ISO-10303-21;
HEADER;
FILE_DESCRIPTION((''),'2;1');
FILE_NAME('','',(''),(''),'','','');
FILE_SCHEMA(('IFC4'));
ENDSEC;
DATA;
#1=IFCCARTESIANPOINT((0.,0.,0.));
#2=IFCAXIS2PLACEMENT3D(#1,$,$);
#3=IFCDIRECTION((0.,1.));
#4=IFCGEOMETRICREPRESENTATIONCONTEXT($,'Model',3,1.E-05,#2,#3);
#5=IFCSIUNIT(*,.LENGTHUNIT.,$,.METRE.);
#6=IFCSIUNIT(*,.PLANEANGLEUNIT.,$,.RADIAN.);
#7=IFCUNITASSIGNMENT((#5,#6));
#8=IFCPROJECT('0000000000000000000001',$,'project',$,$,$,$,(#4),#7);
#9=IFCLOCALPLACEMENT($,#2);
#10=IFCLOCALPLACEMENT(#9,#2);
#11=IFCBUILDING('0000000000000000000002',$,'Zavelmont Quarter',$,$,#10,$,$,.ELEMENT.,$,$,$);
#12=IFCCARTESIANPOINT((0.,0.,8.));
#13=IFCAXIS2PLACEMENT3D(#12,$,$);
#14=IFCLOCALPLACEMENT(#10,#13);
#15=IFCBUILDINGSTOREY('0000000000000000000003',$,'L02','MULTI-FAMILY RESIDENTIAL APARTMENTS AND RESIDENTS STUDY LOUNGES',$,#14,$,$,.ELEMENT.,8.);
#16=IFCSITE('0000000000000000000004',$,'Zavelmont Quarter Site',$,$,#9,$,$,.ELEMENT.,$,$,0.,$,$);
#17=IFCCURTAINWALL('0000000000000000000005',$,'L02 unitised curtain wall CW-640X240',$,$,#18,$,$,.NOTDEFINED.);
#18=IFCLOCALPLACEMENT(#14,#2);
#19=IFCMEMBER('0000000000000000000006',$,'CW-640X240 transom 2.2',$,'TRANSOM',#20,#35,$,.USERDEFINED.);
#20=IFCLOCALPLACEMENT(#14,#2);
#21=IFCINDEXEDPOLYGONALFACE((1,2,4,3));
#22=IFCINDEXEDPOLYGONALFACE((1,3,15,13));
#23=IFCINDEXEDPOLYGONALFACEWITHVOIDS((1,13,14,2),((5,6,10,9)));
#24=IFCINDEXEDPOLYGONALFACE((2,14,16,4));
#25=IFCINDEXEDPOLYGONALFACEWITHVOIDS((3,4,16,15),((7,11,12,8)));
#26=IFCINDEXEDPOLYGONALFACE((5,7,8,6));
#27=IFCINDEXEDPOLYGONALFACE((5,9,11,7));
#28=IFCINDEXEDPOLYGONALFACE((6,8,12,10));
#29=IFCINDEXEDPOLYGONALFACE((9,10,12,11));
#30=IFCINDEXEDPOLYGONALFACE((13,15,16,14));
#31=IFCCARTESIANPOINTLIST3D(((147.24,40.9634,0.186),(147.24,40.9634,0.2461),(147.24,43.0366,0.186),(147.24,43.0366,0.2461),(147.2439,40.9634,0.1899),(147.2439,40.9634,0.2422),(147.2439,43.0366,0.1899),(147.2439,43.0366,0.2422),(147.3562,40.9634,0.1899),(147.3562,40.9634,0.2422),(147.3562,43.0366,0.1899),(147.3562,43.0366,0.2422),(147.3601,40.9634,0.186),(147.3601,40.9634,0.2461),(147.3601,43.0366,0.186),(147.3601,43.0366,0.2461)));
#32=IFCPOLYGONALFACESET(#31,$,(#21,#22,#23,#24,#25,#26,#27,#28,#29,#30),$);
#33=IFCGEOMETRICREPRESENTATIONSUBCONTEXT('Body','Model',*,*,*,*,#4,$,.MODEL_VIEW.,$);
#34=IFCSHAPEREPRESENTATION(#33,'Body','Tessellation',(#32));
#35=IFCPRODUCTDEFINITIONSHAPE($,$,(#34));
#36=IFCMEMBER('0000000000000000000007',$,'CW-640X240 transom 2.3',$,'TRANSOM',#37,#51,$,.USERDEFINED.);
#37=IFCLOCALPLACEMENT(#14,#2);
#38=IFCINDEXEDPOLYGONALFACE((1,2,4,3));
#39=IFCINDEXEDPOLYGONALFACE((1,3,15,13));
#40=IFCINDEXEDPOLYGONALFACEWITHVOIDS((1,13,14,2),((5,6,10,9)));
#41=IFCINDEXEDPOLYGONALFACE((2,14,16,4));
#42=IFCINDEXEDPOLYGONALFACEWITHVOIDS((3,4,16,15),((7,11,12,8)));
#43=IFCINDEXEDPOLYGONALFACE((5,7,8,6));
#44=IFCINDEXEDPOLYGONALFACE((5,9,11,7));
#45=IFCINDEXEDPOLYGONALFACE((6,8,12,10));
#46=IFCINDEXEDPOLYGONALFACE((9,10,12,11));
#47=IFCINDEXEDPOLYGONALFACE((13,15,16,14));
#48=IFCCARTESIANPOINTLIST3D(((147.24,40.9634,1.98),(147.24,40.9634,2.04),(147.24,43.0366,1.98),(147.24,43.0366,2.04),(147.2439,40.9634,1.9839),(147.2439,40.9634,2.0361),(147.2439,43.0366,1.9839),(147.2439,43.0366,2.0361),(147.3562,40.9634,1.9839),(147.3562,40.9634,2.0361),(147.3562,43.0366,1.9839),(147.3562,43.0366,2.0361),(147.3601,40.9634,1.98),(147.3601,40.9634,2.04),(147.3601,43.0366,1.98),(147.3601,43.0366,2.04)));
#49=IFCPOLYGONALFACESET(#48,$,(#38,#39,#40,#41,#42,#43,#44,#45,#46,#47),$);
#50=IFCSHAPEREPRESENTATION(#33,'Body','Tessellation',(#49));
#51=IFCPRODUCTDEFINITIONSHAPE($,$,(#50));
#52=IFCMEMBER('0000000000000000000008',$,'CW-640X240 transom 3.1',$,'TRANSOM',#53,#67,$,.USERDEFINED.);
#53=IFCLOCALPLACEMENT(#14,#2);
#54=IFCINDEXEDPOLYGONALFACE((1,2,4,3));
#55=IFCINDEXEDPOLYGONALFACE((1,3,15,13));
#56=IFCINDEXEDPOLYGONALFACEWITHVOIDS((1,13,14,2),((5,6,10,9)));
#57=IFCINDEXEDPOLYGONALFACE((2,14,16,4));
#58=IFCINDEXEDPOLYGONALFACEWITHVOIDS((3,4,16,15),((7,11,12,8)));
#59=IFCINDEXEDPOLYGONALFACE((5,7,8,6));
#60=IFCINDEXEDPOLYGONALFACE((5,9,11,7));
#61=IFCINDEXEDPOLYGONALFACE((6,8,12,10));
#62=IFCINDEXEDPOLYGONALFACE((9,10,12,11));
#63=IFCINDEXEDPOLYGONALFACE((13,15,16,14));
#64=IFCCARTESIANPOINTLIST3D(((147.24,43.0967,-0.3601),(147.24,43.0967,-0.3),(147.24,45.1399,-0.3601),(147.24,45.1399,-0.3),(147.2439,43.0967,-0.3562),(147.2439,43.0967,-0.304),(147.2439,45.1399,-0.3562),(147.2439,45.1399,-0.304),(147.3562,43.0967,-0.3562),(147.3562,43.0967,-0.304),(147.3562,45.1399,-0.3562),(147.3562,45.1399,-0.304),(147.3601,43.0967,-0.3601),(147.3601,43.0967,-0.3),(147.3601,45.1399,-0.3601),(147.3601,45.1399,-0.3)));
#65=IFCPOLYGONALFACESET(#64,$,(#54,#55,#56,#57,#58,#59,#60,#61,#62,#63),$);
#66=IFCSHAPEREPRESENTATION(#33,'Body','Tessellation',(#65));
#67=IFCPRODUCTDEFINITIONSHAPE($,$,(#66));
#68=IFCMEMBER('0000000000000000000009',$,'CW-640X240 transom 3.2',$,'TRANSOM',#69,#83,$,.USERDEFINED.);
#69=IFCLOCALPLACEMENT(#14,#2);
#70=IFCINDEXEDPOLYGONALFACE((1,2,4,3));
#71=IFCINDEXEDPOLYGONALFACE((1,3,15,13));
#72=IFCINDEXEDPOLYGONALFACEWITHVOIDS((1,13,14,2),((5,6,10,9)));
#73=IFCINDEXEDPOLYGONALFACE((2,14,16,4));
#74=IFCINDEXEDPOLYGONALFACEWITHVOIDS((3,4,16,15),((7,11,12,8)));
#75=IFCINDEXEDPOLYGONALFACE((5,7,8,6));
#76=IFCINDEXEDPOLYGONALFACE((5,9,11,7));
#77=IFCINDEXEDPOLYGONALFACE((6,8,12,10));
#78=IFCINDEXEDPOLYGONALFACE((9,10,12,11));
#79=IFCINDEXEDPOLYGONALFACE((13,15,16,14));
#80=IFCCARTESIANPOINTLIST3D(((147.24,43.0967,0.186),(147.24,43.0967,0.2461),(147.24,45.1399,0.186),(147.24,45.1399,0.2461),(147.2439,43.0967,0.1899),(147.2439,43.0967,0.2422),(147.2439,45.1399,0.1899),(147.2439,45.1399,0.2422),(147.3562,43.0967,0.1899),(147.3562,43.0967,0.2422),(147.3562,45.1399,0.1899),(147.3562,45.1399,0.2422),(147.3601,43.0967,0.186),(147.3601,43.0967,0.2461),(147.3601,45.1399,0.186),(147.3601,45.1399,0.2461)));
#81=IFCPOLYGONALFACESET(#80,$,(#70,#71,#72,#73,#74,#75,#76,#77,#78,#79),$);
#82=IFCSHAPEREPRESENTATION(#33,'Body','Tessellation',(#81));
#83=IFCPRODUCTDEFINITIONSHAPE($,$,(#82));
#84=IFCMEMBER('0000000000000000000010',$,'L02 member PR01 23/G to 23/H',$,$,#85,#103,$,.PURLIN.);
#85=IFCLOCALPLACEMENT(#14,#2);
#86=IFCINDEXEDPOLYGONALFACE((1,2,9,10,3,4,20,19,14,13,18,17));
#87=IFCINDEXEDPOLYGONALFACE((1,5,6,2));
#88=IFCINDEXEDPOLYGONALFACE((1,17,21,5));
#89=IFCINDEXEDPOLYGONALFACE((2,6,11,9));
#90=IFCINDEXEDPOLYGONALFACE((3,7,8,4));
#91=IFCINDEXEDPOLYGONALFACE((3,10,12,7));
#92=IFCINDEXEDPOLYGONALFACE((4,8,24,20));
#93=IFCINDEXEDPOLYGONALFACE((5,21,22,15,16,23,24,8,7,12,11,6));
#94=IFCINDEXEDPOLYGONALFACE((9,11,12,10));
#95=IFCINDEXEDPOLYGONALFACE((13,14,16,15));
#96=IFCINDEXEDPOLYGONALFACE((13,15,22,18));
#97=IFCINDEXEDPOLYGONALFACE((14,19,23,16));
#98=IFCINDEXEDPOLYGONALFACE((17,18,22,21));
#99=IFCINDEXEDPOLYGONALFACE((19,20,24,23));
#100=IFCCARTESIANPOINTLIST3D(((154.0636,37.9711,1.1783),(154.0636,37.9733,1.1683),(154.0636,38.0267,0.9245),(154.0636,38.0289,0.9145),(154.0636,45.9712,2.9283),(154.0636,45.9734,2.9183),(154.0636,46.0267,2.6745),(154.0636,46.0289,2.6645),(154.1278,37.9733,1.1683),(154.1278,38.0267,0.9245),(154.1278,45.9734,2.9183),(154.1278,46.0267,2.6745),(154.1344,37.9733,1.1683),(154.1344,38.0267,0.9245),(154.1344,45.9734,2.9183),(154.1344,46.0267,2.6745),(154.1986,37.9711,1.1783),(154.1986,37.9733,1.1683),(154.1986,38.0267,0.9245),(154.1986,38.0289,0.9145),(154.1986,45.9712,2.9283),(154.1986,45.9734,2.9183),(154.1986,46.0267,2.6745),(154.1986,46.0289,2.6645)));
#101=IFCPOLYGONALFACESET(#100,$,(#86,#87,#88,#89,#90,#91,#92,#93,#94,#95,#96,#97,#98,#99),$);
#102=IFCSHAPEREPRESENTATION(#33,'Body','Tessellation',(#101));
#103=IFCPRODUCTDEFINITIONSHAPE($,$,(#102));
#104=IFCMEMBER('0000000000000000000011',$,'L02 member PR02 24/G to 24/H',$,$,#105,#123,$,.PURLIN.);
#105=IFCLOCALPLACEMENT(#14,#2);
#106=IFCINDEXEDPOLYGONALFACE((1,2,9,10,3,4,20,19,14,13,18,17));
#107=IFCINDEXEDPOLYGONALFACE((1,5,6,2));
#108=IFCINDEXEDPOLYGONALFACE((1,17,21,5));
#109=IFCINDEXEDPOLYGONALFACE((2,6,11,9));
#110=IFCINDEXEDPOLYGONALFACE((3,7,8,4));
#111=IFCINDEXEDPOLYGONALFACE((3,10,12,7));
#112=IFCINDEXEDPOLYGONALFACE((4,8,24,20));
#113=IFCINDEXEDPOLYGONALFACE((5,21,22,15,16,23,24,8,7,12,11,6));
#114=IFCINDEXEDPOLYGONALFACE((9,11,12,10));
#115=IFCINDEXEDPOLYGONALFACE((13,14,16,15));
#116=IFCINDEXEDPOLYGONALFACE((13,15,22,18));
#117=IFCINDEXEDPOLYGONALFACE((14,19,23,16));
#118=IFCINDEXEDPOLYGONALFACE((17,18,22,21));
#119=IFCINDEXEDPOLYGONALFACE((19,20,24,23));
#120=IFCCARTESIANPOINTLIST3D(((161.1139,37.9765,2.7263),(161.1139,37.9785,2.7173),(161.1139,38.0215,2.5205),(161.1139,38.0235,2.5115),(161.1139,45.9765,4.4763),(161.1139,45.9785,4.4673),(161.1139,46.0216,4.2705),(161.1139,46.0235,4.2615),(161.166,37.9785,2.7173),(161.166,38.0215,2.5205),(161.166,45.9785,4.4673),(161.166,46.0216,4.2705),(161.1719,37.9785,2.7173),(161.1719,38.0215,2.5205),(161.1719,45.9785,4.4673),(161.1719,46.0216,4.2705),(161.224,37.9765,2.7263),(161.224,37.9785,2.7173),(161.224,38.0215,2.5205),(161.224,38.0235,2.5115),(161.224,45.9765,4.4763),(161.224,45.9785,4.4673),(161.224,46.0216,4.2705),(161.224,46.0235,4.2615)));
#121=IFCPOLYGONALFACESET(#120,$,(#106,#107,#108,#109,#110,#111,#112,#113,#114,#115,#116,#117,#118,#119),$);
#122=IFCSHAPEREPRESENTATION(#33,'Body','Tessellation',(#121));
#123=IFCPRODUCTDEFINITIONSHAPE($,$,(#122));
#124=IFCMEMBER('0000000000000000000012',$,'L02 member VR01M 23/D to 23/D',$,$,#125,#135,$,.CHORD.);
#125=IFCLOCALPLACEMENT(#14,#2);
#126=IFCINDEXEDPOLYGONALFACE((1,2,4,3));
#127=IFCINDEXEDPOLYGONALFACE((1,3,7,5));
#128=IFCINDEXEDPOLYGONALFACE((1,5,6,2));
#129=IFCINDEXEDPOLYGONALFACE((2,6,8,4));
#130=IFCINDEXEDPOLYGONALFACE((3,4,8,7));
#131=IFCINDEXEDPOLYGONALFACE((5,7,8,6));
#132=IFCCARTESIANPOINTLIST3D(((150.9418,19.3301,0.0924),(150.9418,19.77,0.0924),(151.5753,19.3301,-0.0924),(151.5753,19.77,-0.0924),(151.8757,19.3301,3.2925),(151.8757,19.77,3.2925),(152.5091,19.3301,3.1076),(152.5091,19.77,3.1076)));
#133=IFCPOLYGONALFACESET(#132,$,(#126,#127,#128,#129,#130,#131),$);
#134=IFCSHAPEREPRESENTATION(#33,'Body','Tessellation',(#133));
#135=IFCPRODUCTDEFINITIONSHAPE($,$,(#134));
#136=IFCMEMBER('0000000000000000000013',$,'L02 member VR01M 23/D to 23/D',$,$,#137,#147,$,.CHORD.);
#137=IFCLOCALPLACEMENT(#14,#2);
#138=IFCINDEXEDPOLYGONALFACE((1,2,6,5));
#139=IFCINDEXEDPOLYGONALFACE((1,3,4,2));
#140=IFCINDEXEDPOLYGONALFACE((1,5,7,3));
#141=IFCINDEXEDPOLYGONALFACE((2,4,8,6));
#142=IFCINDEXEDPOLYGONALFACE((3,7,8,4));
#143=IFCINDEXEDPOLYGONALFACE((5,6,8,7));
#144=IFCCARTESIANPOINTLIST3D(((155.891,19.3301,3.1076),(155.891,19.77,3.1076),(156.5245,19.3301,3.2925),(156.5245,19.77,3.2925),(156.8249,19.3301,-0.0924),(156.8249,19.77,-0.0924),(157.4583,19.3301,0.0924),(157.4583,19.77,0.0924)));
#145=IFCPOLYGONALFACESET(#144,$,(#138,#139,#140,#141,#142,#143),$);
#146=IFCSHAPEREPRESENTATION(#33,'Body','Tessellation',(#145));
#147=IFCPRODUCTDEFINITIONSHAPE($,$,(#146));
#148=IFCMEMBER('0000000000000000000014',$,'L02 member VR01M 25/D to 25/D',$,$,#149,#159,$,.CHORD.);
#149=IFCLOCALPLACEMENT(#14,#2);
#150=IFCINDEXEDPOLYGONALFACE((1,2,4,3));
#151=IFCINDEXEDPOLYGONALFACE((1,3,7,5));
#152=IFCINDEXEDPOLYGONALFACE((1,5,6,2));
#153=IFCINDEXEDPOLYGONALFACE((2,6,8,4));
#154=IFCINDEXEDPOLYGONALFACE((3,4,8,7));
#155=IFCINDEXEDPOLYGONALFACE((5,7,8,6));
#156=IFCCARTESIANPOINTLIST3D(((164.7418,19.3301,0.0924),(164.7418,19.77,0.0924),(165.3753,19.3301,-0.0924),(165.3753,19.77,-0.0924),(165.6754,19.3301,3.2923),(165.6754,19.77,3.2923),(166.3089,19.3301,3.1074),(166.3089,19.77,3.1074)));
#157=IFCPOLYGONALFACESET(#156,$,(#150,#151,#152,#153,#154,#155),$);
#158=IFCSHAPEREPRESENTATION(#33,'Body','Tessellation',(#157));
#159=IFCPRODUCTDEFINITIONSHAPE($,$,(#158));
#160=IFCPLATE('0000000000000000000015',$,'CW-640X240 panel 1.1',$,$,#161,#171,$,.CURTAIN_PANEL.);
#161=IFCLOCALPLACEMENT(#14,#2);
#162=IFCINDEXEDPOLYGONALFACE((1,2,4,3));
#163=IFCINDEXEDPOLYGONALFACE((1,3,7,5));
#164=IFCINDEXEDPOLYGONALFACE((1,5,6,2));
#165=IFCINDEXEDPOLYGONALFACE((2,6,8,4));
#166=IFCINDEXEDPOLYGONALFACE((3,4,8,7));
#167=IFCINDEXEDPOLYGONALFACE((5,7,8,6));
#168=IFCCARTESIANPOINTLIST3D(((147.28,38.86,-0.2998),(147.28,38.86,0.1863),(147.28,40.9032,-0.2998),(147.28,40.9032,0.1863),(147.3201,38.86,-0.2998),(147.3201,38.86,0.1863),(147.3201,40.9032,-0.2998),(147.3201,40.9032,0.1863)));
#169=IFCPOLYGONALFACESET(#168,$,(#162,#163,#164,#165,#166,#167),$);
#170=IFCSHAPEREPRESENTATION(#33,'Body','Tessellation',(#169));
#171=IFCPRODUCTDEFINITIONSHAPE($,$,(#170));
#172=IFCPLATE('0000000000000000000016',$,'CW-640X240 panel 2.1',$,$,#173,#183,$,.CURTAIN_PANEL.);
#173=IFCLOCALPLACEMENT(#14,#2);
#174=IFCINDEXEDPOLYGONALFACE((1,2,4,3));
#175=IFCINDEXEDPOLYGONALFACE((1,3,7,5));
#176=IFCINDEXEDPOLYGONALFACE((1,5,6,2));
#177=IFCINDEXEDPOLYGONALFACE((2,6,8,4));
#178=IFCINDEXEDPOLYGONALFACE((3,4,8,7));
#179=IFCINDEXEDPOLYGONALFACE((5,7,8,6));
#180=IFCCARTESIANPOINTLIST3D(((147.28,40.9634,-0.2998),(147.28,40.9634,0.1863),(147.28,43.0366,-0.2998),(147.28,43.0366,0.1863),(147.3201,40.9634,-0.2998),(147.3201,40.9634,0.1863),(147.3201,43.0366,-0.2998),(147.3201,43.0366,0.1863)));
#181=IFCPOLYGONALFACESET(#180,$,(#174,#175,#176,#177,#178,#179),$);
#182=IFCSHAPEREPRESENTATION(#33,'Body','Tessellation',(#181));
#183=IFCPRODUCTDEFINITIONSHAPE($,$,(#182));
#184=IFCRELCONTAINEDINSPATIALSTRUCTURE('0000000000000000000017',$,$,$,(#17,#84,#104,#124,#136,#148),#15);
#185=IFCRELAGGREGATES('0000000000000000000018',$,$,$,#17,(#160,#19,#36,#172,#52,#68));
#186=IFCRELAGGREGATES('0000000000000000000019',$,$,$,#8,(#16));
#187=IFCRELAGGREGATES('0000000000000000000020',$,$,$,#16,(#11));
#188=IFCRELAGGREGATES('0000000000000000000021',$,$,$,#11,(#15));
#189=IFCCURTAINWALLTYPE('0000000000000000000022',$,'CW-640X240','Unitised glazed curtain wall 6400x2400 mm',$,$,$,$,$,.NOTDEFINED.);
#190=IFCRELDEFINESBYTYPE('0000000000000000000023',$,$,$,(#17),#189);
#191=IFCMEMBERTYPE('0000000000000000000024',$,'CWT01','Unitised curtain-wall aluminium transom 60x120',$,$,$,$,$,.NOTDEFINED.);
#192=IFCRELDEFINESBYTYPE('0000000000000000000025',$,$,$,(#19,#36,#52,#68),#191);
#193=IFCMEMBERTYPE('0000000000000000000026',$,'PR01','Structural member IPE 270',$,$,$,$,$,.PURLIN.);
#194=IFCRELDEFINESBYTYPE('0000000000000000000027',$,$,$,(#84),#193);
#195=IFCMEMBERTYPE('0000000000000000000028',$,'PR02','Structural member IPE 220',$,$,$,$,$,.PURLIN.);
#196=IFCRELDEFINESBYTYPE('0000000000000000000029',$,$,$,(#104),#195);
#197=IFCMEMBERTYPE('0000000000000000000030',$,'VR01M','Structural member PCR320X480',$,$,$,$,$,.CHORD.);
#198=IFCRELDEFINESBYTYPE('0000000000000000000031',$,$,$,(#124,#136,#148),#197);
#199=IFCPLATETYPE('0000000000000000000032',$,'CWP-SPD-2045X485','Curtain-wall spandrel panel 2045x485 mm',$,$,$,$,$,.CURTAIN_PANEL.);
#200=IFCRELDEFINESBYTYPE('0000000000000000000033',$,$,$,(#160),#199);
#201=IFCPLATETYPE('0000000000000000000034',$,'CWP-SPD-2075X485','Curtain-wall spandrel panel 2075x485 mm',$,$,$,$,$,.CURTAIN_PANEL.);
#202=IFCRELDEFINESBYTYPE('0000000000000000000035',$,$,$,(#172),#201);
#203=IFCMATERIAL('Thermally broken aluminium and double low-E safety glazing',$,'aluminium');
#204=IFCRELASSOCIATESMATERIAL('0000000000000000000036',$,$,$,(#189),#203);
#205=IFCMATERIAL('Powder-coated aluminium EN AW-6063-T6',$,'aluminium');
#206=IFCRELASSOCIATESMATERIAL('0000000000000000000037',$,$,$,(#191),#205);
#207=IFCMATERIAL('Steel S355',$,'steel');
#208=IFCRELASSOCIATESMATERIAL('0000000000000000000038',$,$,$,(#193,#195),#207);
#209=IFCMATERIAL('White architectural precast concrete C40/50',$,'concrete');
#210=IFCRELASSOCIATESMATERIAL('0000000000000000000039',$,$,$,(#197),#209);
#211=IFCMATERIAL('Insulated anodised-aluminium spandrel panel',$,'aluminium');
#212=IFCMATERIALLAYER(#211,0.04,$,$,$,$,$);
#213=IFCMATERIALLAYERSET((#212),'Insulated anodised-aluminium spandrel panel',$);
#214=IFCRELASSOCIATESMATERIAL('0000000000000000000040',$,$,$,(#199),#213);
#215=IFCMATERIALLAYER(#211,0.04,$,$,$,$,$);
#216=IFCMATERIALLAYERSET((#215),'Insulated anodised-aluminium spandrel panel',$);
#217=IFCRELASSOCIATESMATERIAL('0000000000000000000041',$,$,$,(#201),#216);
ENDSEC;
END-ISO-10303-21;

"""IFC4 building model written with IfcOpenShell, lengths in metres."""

from ifc_helpers import new_model, si_unit, direction, frame, origin, origin_2d, place, context, subcontext, project, spatial, rectangle, hollow_rectangle, i_section, extrude, material, layer, layer_set, material_profile, profile_set, type_object, element, aggregate, save


model = new_model("IFC4")

# Units and contexts
model_context = context("Model", 3, precision=1e-05, world=origin(), true_north=direction((0.0, 1.0)))
body_context = subcontext(model_context, "Body", "Model", "MODEL_VIEW")
ifc_project = project(units=[si_unit("LENGTHUNIT", "METRE"), si_unit("PLANEANGLEUNIT", "RADIAN")], contexts=[model_context])

# Site, building, storey
site_placement = place(None, origin())
site = spatial("IfcSite", under=ifc_project, at=site_placement, Name="Zavelmont Quarter Site", CompositionType="ELEMENT", RefElevation=0.0)
building_placement = place(site_placement, origin())
building = spatial("IfcBuilding", under=site, at=building_placement, Name="Zavelmont Quarter", CompositionType="ELEMENT")
storey_placement = place(building_placement, frame((0.0, 0.0, 8.0)))
storey = spatial("IfcBuildingStorey", under=building, at=storey_placement, Name="L02", Description="MULTI-FAMILY RESIDENTIAL APARTMENTS AND RESIDENTS STUDY LOUNGES", CompositionType="ELEMENT", Elevation=8.0)

# Shared definitions
ifc_material_1 = material(Name="Steel S355", Category="steel")

# Curtain wall, members
ifc_material_2 = material(Name="Thermally broken aluminium and double low-E safety glazing", Category="aluminium")
curtain_wall_type = type_object("IfcCurtainWallType", Name="CW-640X240", Description="Unitised glazed curtain wall 6400x2400 mm", PredefinedType="NOTDEFINED", material=ifc_material_2)
curtain_wall_placement = place(storey_placement, origin())
curtain_wall = element("IfcCurtainWall", 1, at=curtain_wall_placement, inside=storey, type_object=curtain_wall_type, Name="L02 unitised curtain wall CW-640X240", PredefinedType="NOTDEFINED")
ifc_material_3 = material(Name="Powder-coated aluminium EN AW-6063-T6", Category="aluminium")
ifc_material_profile_1 = material_profile(ifc_material_3, hollow_rectangle(XDim=0.1201, YDim=0.0601, WallThickness=0.0039, at=origin_2d()), Name="CWT60X120")
ifc_profile_set_1 = profile_set([ifc_material_profile_1], Name="Powder-coated aluminium EN AW-6063-T6")
member_type_1 = type_object("IfcMemberType", Name="CWT01", Description="Unitised curtain-wall aluminium transom 60x120", PredefinedType="NOTDEFINED", material=ifc_profile_set_1)
member_1_placement = place(storey_placement, frame((147.3, 40.9634, 0.2161), z_axis=(0.0, 1.0, 0.0), x_axis=(-1.0, 0.0, 0.0)))
member_1 = element("IfcMember", 2, at=member_1_placement, type_object=member_type_1, Name="CW-640X240 transom 2.2", ObjectType="TRANSOM", PredefinedType="USERDEFINED", context=body_context, shape_type="SweptSolid", body=[
    extrude(hollow_rectangle(XDim=0.1201, YDim=0.0601, WallThickness=0.0039, at=origin_2d()), origin(), (0.0, 0.0, 1.0), 2.0732),
])
member_2_placement = place(storey_placement, frame((147.3, 40.9634, 2.01), z_axis=(0.0, 1.0, 0.0), x_axis=(-1.0, 0.0, 0.0)))
member_2 = element("IfcMember", 3, at=member_2_placement, type_object=member_type_1, Name="CW-640X240 transom 2.3", ObjectType="TRANSOM", PredefinedType="USERDEFINED", context=body_context, shape_type="SweptSolid", body=[
    extrude(hollow_rectangle(XDim=0.1201, YDim=0.0601, WallThickness=0.0039, at=origin_2d()), origin(), (0.0, 0.0, 1.0), 2.0732),
])
member_3_placement = place(storey_placement, frame((147.3, 43.0967, -0.3301), z_axis=(0.0, 1.0, 0.0), x_axis=(-1.0, 0.0, 0.0)))
member_3 = element("IfcMember", 4, at=member_3_placement, type_object=member_type_1, Name="CW-640X240 transom 3.1", ObjectType="TRANSOM", PredefinedType="USERDEFINED", context=body_context, shape_type="SweptSolid", body=[
    extrude(hollow_rectangle(XDim=0.1201, YDim=0.0601, WallThickness=0.0039, at=origin_2d()), origin(), (0.0, 0.0, 1.0), 2.0432),
])
member_4_placement = place(storey_placement, frame((147.3, 43.0967, 0.2161), z_axis=(0.0, 1.0, 0.0), x_axis=(-1.0, 0.0, 0.0)))
member_4 = element("IfcMember", 5, at=member_4_placement, type_object=member_type_1, Name="CW-640X240 transom 3.2", ObjectType="TRANSOM", PredefinedType="USERDEFINED", context=body_context, shape_type="SweptSolid", body=[
    extrude(hollow_rectangle(XDim=0.1201, YDim=0.0601, WallThickness=0.0039, at=origin_2d()), origin(), (0.0, 0.0, 1.0), 2.0432),
])

# Members
ifc_material_profile_2 = material_profile(ifc_material_1, i_section(OverallWidth=0.135, OverallDepth=0.27, WebThickness=0.0066, FlangeThickness=0.0103, at=origin_2d()), Name="IPE 270")
ifc_profile_set_2 = profile_set([ifc_material_profile_2], Name="Steel S355")
member_type_2 = type_object("IfcMemberType", Name="PR01", Description="Structural member IPE 270", PredefinedType="PURLIN", material=ifc_profile_set_2)
member_5_placement = place(storey_placement, frame((154.1311, 38.0, 1.0464), z_axis=(0.0, 0.9769, 0.213697), x_axis=(-1.0, 0.0, 0.0)))
element("IfcMember", 6, at=member_5_placement, inside=storey, type_object=member_type_2, Name="L02 member PR01 23/G to 23/H", PredefinedType="PURLIN", context=body_context, shape_type="SweptSolid", body=[
    extrude(i_section(OverallWidth=0.135, OverallDepth=0.27, WebThickness=0.0066, FlangeThickness=0.0103, at=origin_2d()), origin(), (0.0, 0.0, 1.0), 8.1892),
])
ifc_material_profile_3 = material_profile(ifc_material_1, i_section(OverallWidth=0.1101, OverallDepth=0.22, WebThickness=0.0059, FlangeThickness=0.0093, at=origin_2d()), Name="IPE 220")
ifc_profile_set_3 = profile_set([ifc_material_profile_3], Name="Steel S355")
member_type_3 = type_object("IfcMemberType", Name="PR02", Description="Structural member IPE 220", PredefinedType="PURLIN", material=ifc_profile_set_3)
member_6_placement = place(storey_placement, frame((161.1689, 38.0, 2.6189), z_axis=(0.0, 0.9769, 0.213697), x_axis=(-1.0, 0.0, 0.0)))
element("IfcMember", 7, at=member_6_placement, inside=storey, type_object=member_type_3, Name="L02 member PR02 24/G to 24/H", PredefinedType="PURLIN", context=body_context, shape_type="SweptSolid", body=[
    extrude(i_section(OverallWidth=0.1101, OverallDepth=0.22, WebThickness=0.0059, FlangeThickness=0.0093, at=origin_2d()), origin(), (0.0, 0.0, 1.0), 8.1892),
])
ifc_material_4 = material(Name="White architectural precast concrete C40/50", Category="concrete")
ifc_material_profile_4 = material_profile(ifc_material_4, rectangle(XDim=0.4399, YDim=0.6599, at=origin_2d()), Name="PCR320X480")
ifc_profile_set_4 = profile_set([ifc_material_profile_4], Name="White architectural precast concrete C40/50")
member_type_4 = type_object("IfcMemberType", Name="VR01M", Description="Structural member PCR320X480", PredefinedType="CHORD", material=ifc_profile_set_4)
for number, where, z_axis, x_axis, name in (
    (8, (151.2585, 19.55, 0.0), (0.280143, 0.0, 0.959958), (0.0, 1.0, 0.0), "L02 member VR01M 23/D to 23/D"),
    (9, (157.1416, 19.55, 0.0), (-0.280143, 0.0, 0.959958), (0.0, -1.0, 0.0), "L02 member VR01M 23/D to 23/D"),
):
    element("IfcMember", number, at=place(storey_placement, frame(where, z_axis=z_axis, x_axis=x_axis)), inside=storey, type_object=member_type_4, Name=name, PredefinedType="CHORD", context=body_context, shape_type="SweptSolid", body=[
        extrude(rectangle(XDim=0.4399, YDim=0.6599, at=origin_2d()), origin(), (0.0, 0.0, 1.0), 3.3335),
    ])
member_7_placement = place(storey_placement, frame((165.0586, 19.55, 0.0), z_axis=(0.280076, 0.0, 0.959978), x_axis=(0.0, 1.0, 0.0)))
element("IfcMember", 10, at=member_7_placement, inside=storey, type_object=member_type_4, Name="L02 member VR01M 25/D to 25/D", PredefinedType="CHORD", context=body_context, shape_type="SweptSolid", body=[
    extrude(rectangle(XDim=0.4399, YDim=0.6599, at=origin_2d()), origin(), (0.0, 0.0, 1.0), 3.3333),
])

# Plates
ifc_material_5 = material(Name="Insulated anodised-aluminium spandrel panel", Category="aluminium")
ifc_layer_1 = layer(ifc_material_5, 0.04)
ifc_layer_set_1 = layer_set([ifc_layer_1], Name="Insulated anodised-aluminium spandrel panel")
plate_type_1 = type_object("IfcPlateType", Name="CWP-SPD-2045X485", Description="Curtain-wall spandrel panel 2045x485 mm", PredefinedType="CURTAIN_PANEL", material=ifc_layer_set_1)
plate_1_placement = place(storey_placement, frame((147.3, 39.8816, -0.2998), z_axis=(0.0, 0.0, 1.0), x_axis=(0.0, 1.0, 0.0)))
plate_1 = element("IfcPlate", 11, at=plate_1_placement, type_object=plate_type_1, Name="CW-640X240 panel 1.1", PredefinedType="CURTAIN_PANEL", context=body_context, shape_type="SweptSolid", body=[
    extrude(rectangle(XDim=2.0432, YDim=0.04, at=origin_2d()), origin(), (0.0, 0.0, 1.0), 0.4861),
])
ifc_layer_2 = layer(ifc_material_5, 0.04)
ifc_layer_set_2 = layer_set([ifc_layer_2], Name="Insulated anodised-aluminium spandrel panel")
plate_type_2 = type_object("IfcPlateType", Name="CWP-SPD-2075X485", Description="Curtain-wall spandrel panel 2075x485 mm", PredefinedType="CURTAIN_PANEL", material=ifc_layer_set_2)
plate_2_placement = place(storey_placement, frame((147.3, 42.0, -0.2998), z_axis=(0.0, 0.0, 1.0), x_axis=(0.0, 1.0, 0.0)))
plate_2 = element("IfcPlate", 12, at=plate_2_placement, type_object=plate_type_2, Name="CW-640X240 panel 2.1", PredefinedType="CURTAIN_PANEL", context=body_context, shape_type="SweptSolid", body=[
    extrude(rectangle(XDim=2.0732, YDim=0.04, at=origin_2d()), origin(), (0.0, 0.0, 1.0), 0.4861),
])
aggregate(curtain_wall, [plate_1, member_1, member_2, plate_2, member_3, member_4])

save(model, "model.ifc")
